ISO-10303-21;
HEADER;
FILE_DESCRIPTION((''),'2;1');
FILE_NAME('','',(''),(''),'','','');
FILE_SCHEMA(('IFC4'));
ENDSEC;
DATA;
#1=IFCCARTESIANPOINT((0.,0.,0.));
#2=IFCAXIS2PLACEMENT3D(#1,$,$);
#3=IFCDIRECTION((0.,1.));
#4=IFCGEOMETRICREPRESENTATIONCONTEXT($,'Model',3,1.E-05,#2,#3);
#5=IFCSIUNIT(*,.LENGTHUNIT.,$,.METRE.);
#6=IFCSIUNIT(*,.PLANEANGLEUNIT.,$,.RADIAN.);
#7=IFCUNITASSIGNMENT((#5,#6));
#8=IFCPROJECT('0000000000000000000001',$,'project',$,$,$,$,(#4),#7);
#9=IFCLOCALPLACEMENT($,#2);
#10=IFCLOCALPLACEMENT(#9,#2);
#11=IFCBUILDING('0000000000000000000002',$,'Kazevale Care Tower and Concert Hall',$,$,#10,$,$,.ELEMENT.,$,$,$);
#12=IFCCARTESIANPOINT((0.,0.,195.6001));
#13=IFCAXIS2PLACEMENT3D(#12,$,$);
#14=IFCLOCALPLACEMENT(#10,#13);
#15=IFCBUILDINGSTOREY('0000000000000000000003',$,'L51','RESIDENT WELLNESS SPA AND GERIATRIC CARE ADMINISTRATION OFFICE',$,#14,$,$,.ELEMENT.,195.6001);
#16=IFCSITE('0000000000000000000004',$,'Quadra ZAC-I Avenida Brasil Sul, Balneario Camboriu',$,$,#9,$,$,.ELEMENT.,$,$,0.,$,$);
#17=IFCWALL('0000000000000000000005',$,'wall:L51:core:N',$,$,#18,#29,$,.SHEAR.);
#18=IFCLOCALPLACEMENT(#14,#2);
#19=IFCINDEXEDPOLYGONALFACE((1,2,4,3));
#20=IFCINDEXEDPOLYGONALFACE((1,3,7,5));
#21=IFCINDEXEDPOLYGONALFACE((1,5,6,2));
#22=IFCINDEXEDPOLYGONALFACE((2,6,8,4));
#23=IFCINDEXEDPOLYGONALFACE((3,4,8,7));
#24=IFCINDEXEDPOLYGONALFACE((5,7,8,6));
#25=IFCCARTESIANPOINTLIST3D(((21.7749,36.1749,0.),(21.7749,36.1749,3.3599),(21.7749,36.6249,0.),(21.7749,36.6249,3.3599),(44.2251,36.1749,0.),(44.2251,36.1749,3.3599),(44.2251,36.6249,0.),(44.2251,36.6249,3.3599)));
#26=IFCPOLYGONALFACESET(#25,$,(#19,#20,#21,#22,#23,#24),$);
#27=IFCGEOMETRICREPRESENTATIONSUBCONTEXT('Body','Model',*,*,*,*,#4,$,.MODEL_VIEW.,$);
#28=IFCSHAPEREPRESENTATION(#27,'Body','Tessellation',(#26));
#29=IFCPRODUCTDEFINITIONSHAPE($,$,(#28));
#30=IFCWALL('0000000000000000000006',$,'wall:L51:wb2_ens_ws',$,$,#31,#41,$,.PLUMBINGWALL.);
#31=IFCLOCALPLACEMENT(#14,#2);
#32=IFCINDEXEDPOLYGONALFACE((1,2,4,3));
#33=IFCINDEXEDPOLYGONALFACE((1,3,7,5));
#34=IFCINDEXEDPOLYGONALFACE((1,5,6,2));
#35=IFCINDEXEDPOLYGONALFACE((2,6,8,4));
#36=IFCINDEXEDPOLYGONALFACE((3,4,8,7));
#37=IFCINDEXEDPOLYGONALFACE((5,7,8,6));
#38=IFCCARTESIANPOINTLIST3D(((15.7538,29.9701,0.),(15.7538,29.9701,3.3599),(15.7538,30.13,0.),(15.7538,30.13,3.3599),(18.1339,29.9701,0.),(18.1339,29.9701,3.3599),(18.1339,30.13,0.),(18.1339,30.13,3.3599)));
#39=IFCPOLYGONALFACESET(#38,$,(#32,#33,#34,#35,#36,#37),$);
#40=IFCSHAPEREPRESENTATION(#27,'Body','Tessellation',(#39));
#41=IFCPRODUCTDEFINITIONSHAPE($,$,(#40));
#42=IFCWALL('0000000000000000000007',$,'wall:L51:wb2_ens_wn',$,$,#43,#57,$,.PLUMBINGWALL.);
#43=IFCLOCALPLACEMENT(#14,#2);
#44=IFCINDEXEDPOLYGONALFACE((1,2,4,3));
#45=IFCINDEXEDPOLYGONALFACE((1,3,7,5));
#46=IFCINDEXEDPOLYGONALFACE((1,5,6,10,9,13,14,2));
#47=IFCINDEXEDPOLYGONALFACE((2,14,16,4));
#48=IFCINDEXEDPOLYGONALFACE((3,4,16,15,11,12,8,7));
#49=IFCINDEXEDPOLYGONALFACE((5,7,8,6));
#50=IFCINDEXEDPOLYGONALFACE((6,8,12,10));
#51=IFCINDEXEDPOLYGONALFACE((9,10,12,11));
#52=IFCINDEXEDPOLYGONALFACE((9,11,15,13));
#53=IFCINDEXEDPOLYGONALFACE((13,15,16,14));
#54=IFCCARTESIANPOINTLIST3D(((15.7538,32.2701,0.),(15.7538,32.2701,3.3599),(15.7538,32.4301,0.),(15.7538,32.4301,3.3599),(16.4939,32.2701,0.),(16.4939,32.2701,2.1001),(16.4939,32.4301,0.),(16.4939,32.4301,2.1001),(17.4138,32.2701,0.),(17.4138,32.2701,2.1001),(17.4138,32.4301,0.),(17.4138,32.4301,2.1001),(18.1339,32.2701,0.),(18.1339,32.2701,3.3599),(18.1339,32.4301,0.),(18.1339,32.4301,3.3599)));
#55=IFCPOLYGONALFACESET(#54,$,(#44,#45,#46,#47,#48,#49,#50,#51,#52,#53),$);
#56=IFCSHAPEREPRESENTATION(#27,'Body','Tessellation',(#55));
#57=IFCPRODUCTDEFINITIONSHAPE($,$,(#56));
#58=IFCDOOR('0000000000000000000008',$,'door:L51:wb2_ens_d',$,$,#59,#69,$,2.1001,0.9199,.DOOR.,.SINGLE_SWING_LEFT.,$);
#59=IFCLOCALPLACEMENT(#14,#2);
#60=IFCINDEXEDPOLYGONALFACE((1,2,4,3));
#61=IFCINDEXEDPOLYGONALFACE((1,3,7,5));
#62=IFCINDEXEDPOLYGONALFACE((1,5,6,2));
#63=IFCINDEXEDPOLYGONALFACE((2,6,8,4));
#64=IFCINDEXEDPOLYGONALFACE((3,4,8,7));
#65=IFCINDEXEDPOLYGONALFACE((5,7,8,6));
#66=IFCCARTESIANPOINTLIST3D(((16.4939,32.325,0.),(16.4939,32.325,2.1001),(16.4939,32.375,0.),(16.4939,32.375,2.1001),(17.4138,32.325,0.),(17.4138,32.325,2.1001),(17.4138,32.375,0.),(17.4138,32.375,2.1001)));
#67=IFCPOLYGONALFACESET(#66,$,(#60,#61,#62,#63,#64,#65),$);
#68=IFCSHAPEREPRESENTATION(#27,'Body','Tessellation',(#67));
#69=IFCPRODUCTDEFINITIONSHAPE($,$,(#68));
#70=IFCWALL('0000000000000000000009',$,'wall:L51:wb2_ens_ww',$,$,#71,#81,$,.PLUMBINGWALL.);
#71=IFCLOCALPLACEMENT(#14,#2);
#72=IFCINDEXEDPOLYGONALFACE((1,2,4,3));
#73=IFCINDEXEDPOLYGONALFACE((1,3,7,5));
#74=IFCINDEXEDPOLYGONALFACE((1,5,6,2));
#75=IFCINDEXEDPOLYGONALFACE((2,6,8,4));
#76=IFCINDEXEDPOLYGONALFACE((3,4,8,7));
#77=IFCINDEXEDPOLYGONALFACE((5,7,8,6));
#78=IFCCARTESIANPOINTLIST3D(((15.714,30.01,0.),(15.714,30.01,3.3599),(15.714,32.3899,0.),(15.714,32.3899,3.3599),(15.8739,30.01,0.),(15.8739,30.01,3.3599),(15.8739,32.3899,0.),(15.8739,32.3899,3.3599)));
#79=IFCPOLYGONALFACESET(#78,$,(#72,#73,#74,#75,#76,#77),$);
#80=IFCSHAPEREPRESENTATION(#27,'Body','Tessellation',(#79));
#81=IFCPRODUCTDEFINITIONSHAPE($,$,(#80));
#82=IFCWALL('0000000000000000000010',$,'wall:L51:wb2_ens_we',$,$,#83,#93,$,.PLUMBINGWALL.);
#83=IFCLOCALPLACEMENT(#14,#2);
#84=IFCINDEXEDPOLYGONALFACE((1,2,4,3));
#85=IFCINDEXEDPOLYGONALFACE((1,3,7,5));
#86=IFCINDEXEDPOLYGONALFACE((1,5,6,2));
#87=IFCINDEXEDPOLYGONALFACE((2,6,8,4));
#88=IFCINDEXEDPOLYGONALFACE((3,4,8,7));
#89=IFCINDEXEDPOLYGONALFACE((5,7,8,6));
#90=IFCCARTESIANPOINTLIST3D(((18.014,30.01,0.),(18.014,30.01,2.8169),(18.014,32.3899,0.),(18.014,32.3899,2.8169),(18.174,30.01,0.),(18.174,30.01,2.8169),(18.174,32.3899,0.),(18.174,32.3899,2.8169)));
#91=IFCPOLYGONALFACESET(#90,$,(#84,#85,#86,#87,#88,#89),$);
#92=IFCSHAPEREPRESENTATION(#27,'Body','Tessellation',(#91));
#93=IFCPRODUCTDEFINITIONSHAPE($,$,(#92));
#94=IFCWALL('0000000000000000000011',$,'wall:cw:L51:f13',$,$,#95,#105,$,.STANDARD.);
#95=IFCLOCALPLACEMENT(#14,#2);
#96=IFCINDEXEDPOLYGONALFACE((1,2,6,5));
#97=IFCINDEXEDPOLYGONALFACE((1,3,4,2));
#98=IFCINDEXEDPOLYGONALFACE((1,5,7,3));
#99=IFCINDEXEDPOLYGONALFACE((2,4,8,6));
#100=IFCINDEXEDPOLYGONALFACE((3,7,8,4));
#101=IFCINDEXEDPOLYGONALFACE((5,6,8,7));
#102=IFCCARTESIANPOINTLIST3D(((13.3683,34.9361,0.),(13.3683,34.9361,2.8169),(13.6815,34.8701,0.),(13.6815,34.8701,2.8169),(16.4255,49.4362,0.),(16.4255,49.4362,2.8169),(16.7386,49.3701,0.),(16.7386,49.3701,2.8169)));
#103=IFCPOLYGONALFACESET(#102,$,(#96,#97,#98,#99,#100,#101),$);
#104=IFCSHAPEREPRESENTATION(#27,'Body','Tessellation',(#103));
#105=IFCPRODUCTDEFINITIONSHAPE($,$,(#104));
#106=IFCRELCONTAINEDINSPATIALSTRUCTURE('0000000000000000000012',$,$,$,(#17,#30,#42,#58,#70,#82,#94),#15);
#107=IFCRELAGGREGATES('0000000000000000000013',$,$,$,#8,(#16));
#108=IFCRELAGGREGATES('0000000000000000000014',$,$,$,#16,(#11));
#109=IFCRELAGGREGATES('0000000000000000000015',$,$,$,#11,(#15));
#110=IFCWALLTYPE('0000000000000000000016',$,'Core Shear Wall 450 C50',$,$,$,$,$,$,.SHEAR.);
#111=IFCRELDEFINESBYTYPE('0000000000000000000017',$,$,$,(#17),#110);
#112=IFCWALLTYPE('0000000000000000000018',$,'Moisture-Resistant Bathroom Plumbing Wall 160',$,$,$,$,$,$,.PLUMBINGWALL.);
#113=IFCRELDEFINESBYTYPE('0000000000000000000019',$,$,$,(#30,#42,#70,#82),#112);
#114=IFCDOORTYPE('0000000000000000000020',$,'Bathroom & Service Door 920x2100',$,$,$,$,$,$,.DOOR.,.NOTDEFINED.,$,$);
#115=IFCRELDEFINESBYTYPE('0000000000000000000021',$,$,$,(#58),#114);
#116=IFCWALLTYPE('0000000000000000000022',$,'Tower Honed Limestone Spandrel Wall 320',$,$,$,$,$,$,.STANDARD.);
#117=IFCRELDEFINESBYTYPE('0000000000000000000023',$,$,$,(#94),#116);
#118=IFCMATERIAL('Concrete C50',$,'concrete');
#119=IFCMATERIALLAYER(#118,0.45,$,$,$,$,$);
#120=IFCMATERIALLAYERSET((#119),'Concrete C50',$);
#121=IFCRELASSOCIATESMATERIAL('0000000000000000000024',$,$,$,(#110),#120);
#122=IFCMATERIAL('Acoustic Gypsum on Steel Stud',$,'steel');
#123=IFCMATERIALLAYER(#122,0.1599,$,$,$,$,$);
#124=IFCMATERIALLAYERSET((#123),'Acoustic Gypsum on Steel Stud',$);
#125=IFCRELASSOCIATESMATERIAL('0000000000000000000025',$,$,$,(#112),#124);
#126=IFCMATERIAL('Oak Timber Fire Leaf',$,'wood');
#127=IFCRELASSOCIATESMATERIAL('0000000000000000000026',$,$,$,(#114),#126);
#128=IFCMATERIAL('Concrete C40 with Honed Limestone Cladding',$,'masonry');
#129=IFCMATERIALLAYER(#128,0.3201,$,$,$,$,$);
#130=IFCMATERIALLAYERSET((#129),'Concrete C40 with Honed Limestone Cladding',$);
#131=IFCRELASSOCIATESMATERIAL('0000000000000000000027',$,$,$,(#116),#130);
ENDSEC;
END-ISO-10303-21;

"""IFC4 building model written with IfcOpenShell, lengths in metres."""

from ifc_helpers import new_model, si_unit, direction, frame, frame_2d, origin, place, context, subcontext, project, spatial, rectangle, extrude, material, layer, layer_set, type_object, element, fill, save


model = new_model("IFC4")

# Units and contexts
model_context = context("Model", 3, precision=1e-05, world=origin(), true_north=direction((0.0, 1.0)))
body_context = subcontext(model_context, "Body", "Model", "MODEL_VIEW")
ifc_project = project(units=[si_unit("LENGTHUNIT", "METRE"), si_unit("PLANEANGLEUNIT", "RADIAN")], contexts=[model_context])

# Site, building, storey
site_placement = place(None, origin())
site = spatial("IfcSite", under=ifc_project, at=site_placement, Name="Quadra ZAC-I Avenida Brasil Sul, Balneario Camboriu", CompositionType="ELEMENT", RefElevation=0.0)
building_placement = place(site_placement, origin())
building = spatial("IfcBuilding", under=site, at=building_placement, Name="Kazevale Care Tower and Concert Hall", CompositionType="ELEMENT")
storey_placement = place(building_placement, frame((0.0, 0.0, 195.6001)))
storey = spatial("IfcBuildingStorey", under=building, at=storey_placement, Name="L51", Description="RESIDENT WELLNESS SPA AND GERIATRIC CARE ADMINISTRATION OFFICE", CompositionType="ELEMENT", Elevation=195.6001)

# Shared definitions
ifc_material_1 = material(Name="Concrete C50", Category="concrete")

# Walls
ifc_layer_1 = layer(ifc_material_1, 0.45)
ifc_layer_set_1 = layer_set([ifc_layer_1], Name="Concrete C50")
wall_type_1 = type_object("IfcWallType", Name="Core Shear Wall 450 C50", PredefinedType="SHEAR", material=ifc_layer_set_1)
wall_1_placement = place(storey_placement, frame((21.7749, 36.3999, 0.0), z_axis=(0.0, 0.0, 1.0), x_axis=(1.0, 0.0, 0.0)))
element("IfcWall", 1, at=wall_1_placement, inside=storey, type_object=wall_type_1, Name="wall:L51:core:N", PredefinedType="SHEAR", context=body_context, shape_type="SweptSolid", body=[
    extrude(rectangle(XDim=22.4502, YDim=0.45, at=frame_2d((11.2251, 0.0))), origin(), (0.0, 0.0, 1.0), 3.3599),
])
ifc_material_2 = material(Name="Acoustic Gypsum on Steel Stud", Category="steel")
ifc_layer_2 = layer(ifc_material_2, 0.1599)
ifc_layer_set_2 = layer_set([ifc_layer_2], Name="Acoustic Gypsum on Steel Stud")
wall_type_2 = type_object("IfcWallType", Name="Moisture-Resistant Bathroom Plumbing Wall 160", PredefinedType="PLUMBINGWALL", material=ifc_layer_set_2)
wall_2_placement = place(storey_placement, frame((15.7539, 30.05, 0.0), z_axis=(0.0, 0.0, 1.0), x_axis=(1.0, 0.0, 0.0)))
element("IfcWall", 2, at=wall_2_placement, inside=storey, type_object=wall_type_2, Name="wall:L51:wb2_ens_ws", PredefinedType="PLUMBINGWALL", context=body_context, shape_type="SweptSolid", body=[
    extrude(rectangle(XDim=2.3801, YDim=0.1599, at=frame_2d((1.1899, 0.0))), origin(), (0.0, 0.0, 1.0), 3.3599),
])

# Wall, opening, door
wall_3_placement = place(storey_placement, frame((15.7539, 32.3501, 0.0), z_axis=(0.0, 0.0, 1.0), x_axis=(1.0, 0.0, 0.0)))
wall_3 = element("IfcWall", 3, at=wall_3_placement, inside=storey, type_object=wall_type_2, Name="wall:L51:wb2_ens_wn", PredefinedType="PLUMBINGWALL", context=body_context, shape_type="SweptSolid", body=[
    extrude(rectangle(XDim=2.3801, YDim=0.1599, at=frame_2d((1.1899, 0.0))), origin(), (0.0, 0.0, 1.0), 3.3599),
])
opening_placement = place(wall_3_placement, frame((0.74, 0.0, 0.0)))
opening = element("IfcOpeningElement", 4, at=opening_placement, cuts=wall_3, PredefinedType="OPENING", context=body_context, shape_type="SweptSolid", body=[
    extrude(rectangle(XDim=0.9199, YDim=2.1001, at=frame_2d((0.46, 1.05))), frame((0.0, 0.0898, 0.0), z_axis=(0.0, -1.0, 0.0), x_axis=(1.0, 0.0, 0.0)), (0.0, 0.0, 1.0), 0.1799),
])
ifc_material_3 = material(Name="Oak Timber Fire Leaf", Category="wood")
door_type = type_object("IfcDoorType", Name="Bathroom & Service Door 920x2100", OperationType="NOTDEFINED", PredefinedType="DOOR", material=ifc_material_3)
door_placement = place(opening_placement, origin())
door = element("IfcDoor", 5, at=door_placement, inside=storey, type_object=door_type, Name="door:L51:wb2_ens_d", OperationType="SINGLE_SWING_LEFT", OverallHeight=2.1001, OverallWidth=0.9199, PredefinedType="DOOR", context=body_context, shape_type="SweptSolid", body=[
    extrude(rectangle(XDim=0.9199, YDim=2.1001, at=frame_2d((0.46, 1.05))), frame((0.0, 0.0249, 0.0), z_axis=(0.0, -1.0, 0.0), x_axis=(1.0, 0.0, 0.0)), (0.0, 0.0, 1.0), 0.05),
])
fill(opening, door)

# Walls
wall_4_placement = place(storey_placement, frame((15.7939, 30.01, 0.0), z_axis=(0.0, 0.0, 1.0), x_axis=(0.0, 1.0, 0.0)))
element("IfcWall", 6, at=wall_4_placement, inside=storey, type_object=wall_type_2, Name="wall:L51:wb2_ens_ww", PredefinedType="PLUMBINGWALL", context=body_context, shape_type="SweptSolid", body=[
    extrude(rectangle(XDim=2.3799, YDim=0.1599, at=frame_2d((1.1899, 0.0))), origin(), (0.0, 0.0, 1.0), 3.3599),
])
wall_5_placement = place(storey_placement, frame((18.094, 30.01, 0.0), z_axis=(0.0, 0.0, 1.0), x_axis=(0.0, 1.0, 0.0)))
element("IfcWall", 7, at=wall_5_placement, inside=storey, type_object=wall_type_2, Name="wall:L51:wb2_ens_we", PredefinedType="PLUMBINGWALL", context=body_context, shape_type="SweptSolid", body=[
    extrude(rectangle(XDim=2.3799, YDim=0.1599, at=frame_2d((1.1899, 0.0))), origin(), (0.0, 0.0, 1.0), 2.8169),
])
ifc_material_4 = material(Name="Concrete C40 with Honed Limestone Cladding", Category="masonry")
ifc_layer_3 = layer(ifc_material_4, 0.3201)
ifc_layer_set_3 = layer_set([ifc_layer_3], Name="Concrete C40 with Honed Limestone Cladding")
wall_type_3 = type_object("IfcWallType", Name="Tower Honed Limestone Spandrel Wall 320", PredefinedType="STANDARD", material=ifc_layer_set_3)
wall_6_placement = place(storey_placement, frame((13.5249, 34.9031, 0.0), z_axis=(0.0, 0.0, 1.0), x_axis=(0.206301, 0.978489, 0.0)))
element("IfcWall", 8, at=wall_6_placement, inside=storey, type_object=wall_type_3, Name="wall:cw:L51:f13", PredefinedType="STANDARD", context=body_context, shape_type="SweptSolid", body=[
    extrude(rectangle(XDim=14.8188, YDim=0.3201, at=frame_2d((7.4094, 0.0))), origin(), (0.0, 0.0, 1.0), 2.8169),
])

save(model, "model.ifc")
